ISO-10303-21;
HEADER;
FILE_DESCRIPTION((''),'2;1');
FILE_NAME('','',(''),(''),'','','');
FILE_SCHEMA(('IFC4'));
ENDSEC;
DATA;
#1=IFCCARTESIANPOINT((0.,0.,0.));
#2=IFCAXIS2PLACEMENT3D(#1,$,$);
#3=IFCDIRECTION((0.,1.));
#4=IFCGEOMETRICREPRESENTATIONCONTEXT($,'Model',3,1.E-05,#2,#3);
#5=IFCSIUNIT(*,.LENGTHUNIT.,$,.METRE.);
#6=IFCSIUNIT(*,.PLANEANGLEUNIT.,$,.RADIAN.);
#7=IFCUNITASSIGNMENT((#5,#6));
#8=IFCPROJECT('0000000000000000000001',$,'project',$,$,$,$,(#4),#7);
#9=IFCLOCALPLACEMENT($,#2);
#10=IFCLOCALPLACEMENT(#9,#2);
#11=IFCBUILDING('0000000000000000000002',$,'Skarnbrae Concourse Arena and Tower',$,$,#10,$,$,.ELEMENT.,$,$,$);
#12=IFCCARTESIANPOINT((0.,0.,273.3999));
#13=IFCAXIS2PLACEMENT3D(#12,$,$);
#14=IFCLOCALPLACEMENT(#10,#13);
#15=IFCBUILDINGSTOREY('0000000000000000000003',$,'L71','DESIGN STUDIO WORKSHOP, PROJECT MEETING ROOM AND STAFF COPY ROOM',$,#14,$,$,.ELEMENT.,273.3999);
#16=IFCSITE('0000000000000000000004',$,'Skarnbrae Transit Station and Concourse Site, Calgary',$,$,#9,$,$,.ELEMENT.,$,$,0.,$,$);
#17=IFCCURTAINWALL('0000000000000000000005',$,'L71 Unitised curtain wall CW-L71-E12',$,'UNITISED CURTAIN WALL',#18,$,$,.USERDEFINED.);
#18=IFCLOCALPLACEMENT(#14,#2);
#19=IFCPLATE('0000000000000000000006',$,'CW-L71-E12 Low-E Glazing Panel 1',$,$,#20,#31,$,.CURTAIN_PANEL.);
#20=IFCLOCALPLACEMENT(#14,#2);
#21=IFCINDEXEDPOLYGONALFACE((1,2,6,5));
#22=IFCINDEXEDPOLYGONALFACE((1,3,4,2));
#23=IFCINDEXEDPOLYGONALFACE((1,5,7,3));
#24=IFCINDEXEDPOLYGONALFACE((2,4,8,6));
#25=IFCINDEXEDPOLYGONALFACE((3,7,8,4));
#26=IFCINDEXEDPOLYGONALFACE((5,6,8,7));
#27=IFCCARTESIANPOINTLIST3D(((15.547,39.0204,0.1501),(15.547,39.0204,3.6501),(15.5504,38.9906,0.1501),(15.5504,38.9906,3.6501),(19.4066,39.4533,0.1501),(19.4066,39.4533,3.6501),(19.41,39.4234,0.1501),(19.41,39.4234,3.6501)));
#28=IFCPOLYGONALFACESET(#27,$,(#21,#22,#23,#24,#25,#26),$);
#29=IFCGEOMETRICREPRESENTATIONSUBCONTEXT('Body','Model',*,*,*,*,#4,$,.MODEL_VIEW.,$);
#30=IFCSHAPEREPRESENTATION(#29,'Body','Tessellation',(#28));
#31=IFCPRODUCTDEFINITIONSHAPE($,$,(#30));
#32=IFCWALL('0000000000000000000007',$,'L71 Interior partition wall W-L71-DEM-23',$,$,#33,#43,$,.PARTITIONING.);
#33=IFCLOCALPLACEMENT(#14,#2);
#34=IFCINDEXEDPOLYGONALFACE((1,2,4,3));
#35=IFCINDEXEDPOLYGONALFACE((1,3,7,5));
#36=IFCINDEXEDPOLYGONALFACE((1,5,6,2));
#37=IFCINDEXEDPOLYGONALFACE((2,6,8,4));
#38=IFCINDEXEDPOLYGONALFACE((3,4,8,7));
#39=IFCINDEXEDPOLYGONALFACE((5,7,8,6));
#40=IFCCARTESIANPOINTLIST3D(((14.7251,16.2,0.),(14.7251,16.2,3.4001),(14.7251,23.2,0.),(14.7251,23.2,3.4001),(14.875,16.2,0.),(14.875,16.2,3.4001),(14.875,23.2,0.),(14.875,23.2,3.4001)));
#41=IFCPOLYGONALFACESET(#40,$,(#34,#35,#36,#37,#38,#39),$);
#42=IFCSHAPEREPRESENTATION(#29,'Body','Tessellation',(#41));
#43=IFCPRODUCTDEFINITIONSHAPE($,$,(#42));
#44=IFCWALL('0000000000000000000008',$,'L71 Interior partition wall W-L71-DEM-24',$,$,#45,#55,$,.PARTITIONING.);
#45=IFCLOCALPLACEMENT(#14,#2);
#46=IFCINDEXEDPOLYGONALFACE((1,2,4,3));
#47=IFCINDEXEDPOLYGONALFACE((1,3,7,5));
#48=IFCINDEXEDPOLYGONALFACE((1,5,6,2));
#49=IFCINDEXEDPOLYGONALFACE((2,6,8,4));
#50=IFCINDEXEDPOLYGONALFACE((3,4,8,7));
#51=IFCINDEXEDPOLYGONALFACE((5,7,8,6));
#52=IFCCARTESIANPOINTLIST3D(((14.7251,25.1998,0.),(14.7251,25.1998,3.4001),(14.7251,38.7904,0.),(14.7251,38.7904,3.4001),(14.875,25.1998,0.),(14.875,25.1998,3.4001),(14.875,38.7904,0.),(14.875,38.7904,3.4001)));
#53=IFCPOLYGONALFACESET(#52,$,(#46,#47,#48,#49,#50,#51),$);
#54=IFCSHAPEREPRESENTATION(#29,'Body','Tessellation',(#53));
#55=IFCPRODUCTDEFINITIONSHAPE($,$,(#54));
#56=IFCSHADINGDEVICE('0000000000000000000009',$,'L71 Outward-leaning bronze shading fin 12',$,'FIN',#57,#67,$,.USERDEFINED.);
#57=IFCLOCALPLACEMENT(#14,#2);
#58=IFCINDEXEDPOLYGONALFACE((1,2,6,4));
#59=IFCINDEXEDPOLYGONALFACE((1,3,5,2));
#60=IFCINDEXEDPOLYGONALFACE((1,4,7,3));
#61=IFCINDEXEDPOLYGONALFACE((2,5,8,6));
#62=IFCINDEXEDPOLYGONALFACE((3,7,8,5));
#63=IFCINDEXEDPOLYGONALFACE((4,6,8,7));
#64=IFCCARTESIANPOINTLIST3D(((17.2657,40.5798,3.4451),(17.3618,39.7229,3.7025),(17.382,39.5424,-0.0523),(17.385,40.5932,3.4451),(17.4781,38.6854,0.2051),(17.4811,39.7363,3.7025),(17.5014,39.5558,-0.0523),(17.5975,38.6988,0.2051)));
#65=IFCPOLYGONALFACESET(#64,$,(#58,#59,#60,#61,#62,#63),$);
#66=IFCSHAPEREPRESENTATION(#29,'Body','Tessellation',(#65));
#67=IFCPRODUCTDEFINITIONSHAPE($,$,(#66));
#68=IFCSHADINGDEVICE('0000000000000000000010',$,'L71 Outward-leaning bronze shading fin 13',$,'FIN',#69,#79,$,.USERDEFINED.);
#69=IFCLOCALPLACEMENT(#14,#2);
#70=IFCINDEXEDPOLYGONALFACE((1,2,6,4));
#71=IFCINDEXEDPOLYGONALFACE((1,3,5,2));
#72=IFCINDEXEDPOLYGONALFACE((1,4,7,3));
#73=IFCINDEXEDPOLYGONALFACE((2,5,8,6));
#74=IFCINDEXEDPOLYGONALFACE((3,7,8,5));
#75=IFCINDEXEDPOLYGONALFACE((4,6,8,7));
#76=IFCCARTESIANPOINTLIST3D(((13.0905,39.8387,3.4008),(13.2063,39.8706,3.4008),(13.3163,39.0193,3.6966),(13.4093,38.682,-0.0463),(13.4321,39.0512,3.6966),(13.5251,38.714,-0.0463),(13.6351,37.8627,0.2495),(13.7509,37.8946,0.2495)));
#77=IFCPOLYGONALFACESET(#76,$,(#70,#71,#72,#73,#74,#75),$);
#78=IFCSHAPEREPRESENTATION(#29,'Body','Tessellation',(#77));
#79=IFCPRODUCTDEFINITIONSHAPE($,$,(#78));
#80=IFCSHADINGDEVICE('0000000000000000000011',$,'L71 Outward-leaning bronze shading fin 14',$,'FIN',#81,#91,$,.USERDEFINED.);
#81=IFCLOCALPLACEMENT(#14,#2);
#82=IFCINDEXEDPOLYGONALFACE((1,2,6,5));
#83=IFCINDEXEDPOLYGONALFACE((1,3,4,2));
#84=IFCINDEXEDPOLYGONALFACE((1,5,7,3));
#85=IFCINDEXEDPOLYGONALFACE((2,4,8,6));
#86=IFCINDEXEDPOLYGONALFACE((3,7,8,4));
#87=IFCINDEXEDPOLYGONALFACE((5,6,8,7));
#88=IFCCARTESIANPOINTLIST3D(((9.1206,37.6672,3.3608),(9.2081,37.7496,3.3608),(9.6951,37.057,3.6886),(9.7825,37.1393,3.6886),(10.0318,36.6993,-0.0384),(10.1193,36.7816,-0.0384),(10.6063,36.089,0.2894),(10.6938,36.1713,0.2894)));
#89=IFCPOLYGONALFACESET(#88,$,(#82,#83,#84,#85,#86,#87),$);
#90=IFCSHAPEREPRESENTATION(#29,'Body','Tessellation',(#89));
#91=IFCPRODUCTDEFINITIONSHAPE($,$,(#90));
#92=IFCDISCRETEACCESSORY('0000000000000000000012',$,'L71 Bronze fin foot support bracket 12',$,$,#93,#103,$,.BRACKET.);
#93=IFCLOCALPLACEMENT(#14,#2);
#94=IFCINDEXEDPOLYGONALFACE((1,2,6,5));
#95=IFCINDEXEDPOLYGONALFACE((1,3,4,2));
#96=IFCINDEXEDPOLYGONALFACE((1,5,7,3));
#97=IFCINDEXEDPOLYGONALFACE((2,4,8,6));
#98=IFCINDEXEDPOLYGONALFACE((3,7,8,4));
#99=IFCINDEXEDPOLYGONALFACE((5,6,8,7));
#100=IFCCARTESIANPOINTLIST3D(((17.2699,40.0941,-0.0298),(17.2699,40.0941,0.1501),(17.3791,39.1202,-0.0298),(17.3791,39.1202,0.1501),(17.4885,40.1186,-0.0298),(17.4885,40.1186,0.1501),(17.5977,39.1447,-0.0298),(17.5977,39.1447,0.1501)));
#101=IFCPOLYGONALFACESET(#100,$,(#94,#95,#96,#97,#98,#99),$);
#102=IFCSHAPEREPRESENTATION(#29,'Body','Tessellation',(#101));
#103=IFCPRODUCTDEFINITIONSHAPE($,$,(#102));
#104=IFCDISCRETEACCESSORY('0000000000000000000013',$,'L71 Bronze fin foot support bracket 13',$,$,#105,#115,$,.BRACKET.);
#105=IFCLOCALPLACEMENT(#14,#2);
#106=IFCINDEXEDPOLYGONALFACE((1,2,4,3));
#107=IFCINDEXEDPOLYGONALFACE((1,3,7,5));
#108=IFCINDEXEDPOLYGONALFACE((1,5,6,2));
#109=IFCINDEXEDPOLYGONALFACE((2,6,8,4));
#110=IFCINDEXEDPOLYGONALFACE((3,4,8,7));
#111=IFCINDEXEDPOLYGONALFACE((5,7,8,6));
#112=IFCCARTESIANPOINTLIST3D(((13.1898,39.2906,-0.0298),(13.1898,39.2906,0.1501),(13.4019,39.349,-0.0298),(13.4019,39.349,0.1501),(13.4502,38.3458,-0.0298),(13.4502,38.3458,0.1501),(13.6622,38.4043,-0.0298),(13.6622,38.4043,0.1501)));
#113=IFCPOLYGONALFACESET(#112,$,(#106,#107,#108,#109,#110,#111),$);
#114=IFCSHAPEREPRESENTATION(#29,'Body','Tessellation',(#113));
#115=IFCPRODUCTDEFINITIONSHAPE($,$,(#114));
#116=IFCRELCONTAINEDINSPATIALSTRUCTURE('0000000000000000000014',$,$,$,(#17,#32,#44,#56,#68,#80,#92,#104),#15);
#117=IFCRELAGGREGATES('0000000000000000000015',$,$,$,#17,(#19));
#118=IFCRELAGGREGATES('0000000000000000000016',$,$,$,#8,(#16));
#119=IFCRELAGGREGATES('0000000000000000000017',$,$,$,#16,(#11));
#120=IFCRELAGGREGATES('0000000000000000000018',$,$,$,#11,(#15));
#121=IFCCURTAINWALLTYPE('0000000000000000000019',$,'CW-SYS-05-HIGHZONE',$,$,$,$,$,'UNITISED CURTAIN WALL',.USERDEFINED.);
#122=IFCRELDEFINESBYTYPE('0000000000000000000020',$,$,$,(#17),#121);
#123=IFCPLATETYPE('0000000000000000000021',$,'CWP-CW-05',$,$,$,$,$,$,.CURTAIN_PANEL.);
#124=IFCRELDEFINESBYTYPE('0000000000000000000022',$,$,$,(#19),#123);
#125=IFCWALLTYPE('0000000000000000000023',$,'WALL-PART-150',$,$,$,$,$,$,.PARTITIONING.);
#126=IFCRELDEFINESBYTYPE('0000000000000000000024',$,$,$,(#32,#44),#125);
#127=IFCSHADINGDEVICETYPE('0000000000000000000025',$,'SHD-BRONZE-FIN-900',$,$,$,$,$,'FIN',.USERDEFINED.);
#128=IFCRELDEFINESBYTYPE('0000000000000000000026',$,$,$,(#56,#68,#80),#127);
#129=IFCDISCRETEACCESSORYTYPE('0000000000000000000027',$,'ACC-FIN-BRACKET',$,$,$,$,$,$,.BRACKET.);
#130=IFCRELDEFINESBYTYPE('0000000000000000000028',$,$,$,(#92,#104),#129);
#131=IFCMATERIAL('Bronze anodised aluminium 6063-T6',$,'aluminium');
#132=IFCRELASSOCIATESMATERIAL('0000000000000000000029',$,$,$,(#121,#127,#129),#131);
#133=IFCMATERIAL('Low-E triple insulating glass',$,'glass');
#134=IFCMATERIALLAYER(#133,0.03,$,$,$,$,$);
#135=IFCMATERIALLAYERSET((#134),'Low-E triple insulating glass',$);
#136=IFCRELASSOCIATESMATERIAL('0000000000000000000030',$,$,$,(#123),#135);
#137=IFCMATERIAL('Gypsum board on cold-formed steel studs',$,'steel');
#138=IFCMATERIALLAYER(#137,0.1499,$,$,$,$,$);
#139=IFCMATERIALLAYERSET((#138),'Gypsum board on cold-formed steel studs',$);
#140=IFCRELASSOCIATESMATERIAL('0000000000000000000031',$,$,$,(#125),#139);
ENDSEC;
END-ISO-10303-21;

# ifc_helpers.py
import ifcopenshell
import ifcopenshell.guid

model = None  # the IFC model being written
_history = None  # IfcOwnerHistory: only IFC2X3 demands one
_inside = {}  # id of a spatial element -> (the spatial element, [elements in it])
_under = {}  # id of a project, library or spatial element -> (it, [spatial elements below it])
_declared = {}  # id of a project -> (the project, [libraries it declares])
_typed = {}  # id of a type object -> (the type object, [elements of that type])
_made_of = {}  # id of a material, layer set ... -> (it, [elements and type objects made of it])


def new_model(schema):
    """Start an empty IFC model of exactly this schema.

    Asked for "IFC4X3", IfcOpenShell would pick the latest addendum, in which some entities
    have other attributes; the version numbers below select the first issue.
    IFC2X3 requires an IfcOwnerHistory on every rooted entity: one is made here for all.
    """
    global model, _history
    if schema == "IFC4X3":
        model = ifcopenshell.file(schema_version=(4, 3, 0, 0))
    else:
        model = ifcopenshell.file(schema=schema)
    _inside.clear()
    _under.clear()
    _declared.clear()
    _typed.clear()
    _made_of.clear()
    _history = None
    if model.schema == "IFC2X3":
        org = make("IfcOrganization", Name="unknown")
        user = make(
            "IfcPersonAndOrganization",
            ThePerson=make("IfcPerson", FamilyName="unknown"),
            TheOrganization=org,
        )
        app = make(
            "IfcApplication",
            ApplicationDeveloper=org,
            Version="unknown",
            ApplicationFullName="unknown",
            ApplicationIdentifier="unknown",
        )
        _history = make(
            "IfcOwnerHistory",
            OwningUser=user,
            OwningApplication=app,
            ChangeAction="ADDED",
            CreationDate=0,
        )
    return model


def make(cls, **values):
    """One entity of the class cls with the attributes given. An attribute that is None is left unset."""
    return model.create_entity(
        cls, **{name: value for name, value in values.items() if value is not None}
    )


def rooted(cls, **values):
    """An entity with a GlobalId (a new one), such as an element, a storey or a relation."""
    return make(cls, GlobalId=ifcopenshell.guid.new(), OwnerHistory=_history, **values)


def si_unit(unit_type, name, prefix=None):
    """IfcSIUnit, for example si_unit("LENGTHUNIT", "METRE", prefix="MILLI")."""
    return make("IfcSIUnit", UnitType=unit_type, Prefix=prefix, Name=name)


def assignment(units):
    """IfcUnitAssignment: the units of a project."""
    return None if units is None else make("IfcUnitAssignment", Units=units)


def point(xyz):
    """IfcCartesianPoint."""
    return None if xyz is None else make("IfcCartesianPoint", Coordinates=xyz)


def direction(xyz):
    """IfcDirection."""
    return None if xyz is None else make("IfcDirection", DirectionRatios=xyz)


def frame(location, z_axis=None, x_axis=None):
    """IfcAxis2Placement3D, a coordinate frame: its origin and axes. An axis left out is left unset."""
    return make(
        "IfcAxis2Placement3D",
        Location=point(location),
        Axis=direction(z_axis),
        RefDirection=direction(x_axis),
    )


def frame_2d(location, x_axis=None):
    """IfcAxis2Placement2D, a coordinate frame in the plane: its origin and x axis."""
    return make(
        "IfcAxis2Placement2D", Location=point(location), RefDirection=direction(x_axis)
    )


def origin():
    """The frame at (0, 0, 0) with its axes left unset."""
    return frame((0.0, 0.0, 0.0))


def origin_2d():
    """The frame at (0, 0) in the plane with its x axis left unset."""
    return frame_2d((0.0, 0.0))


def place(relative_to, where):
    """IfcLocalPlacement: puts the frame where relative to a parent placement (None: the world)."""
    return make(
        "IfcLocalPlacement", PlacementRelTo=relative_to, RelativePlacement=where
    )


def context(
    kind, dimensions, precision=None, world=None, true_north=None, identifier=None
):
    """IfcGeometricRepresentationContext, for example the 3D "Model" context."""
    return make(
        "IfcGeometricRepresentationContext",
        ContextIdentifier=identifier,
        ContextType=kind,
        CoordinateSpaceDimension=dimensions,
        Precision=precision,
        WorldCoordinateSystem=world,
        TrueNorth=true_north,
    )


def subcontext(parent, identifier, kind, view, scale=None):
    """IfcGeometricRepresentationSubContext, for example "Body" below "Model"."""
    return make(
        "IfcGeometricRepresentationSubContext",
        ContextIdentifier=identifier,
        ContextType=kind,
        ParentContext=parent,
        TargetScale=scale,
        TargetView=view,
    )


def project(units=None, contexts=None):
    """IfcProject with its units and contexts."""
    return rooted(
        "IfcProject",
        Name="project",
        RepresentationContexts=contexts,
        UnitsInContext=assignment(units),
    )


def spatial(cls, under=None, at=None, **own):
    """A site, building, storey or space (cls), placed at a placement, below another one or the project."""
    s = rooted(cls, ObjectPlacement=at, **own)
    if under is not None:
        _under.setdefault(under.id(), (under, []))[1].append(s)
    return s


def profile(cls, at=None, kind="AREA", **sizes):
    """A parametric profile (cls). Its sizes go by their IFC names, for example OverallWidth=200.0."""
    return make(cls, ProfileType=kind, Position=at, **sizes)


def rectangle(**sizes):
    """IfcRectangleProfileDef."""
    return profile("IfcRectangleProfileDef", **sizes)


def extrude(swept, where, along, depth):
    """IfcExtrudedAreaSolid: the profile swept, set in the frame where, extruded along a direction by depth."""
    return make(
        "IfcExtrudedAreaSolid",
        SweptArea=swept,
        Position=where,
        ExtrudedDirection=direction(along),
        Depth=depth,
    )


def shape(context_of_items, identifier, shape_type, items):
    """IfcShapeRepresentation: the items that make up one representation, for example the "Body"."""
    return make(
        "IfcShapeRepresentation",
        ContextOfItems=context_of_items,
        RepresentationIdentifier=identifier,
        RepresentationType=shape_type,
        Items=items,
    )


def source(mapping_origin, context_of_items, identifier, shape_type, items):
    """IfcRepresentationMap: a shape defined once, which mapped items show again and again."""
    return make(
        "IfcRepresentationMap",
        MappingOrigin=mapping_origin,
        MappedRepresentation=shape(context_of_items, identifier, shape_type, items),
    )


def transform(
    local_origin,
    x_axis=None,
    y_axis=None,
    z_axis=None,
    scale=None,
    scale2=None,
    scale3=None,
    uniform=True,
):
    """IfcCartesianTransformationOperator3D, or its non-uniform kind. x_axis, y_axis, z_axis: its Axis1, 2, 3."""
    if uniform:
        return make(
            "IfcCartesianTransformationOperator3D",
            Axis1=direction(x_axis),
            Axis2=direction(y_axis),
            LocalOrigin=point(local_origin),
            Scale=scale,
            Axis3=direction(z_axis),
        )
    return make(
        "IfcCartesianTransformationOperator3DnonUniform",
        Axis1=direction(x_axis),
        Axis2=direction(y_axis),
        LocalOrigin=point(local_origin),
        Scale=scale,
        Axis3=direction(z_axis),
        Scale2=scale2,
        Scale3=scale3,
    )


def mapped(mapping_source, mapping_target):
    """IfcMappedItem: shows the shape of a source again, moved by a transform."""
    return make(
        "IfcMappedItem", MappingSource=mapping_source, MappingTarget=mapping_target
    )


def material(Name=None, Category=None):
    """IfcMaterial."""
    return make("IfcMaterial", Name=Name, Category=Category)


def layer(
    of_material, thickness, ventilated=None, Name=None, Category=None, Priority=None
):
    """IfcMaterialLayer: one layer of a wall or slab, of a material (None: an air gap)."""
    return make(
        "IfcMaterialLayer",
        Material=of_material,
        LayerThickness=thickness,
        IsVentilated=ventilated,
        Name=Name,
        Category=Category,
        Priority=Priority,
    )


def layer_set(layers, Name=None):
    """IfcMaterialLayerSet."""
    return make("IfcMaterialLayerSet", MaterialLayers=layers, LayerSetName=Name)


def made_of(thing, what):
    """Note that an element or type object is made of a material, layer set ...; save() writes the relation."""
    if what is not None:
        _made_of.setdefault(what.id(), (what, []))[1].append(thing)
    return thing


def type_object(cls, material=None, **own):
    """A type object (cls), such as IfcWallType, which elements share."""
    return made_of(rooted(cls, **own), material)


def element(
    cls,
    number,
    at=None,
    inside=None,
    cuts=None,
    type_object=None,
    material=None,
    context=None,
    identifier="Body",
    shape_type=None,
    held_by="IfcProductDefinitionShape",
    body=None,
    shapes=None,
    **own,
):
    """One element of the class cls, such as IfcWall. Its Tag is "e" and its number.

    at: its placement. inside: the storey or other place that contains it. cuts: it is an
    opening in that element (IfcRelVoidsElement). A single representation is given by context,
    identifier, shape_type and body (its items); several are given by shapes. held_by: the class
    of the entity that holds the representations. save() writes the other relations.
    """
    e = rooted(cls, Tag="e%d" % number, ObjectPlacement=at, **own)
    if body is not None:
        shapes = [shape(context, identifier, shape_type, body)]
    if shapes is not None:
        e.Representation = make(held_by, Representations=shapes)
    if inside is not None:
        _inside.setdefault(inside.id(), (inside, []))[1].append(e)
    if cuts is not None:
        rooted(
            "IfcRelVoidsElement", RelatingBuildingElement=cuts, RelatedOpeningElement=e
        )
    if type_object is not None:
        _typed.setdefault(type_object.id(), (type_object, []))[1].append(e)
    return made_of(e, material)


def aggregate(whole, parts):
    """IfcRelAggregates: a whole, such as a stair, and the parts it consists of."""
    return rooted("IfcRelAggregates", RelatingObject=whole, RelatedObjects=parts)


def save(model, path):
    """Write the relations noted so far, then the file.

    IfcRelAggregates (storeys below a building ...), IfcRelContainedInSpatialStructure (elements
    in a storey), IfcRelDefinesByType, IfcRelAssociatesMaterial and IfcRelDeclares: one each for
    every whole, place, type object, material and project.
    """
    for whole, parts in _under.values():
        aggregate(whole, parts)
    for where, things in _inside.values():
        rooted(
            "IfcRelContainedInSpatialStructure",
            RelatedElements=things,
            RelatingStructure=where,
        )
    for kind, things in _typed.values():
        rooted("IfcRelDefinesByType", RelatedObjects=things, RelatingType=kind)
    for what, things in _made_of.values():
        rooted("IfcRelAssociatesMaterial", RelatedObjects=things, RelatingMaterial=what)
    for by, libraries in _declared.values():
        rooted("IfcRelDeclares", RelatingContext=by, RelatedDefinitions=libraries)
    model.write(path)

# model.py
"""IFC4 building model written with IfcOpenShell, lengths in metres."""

from ifc_helpers import new_model, si_unit, direction, frame, frame_2d, origin, origin_2d, place, context, subcontext, project, spatial, rectangle, extrude, source, transform, mapped, material, layer, layer_set, type_object, element, aggregate, save


model = new_model("IFC4")

# Units and contexts
model_context = context("Model", 3, precision=1e-05, world=origin(), true_north=direction((0.0, 1.0)))
body_context = subcontext(model_context, "Body", "Model", "MODEL_VIEW")
ifc_project = project(units=[si_unit("LENGTHUNIT", "METRE"), si_unit("PLANEANGLEUNIT", "RADIAN")], contexts=[model_context])

# Site, building, storey
site_placement = place(None, origin())
site = spatial("IfcSite", under=ifc_project, at=site_placement, Name="Skarnbrae Transit Station and Concourse Site, Calgary", CompositionType="ELEMENT", RefElevation=0.0)
building_placement = place(site_placement, origin())
building = spatial("IfcBuilding", under=site, at=building_placement, Name="Skarnbrae Concourse Arena and Tower", CompositionType="ELEMENT")
storey_placement = place(building_placement, frame((0.0, 0.0, 273.3999)))
storey = spatial("IfcBuildingStorey", under=building, at=storey_placement, Name="L71", Description="DESIGN STUDIO WORKSHOP, PROJECT MEETING ROOM AND STAFF COPY ROOM", CompositionType="ELEMENT", Elevation=273.3999)

# Curtain wall
ifc_material_1 = material(Name="Bronze anodised aluminium 6063-T6", Category="aluminium")
curtain_wall_type = type_object("IfcCurtainWallType", Name="CW-SYS-05-HIGHZONE", ElementType="UNITISED CURTAIN WALL", PredefinedType="USERDEFINED", material=ifc_material_1)
curtain_wall_1_placement = place(storey_placement, origin())
curtain_wall_1 = element("IfcCurtainWall", 1, at=curtain_wall_1_placement, inside=storey, type_object=curtain_wall_type, Name="L71 Unitised curtain wall CW-L71-E12", ObjectType="UNITISED CURTAIN WALL", PredefinedType="USERDEFINED")

# Plate
ifc_material_2 = material(Name="Low-E triple insulating glass", Category="glass")
ifc_layer_1 = layer(ifc_material_2, 0.03)
ifc_layer_set_1 = layer_set([ifc_layer_1], Name="Low-E triple insulating glass")
plate_type = type_object("IfcPlateType", Name="CWP-CW-05", PredefinedType="CURTAIN_PANEL", material=ifc_layer_set_1)
shared_shape_1 = source(origin(), body_context, "Body", "SweptSolid", [
    extrude(rectangle(XDim=3.8838, YDim=0.03, at=origin_2d()), origin(), (0.0, 0.0, 1.0), 3.5),
])
plate_1_placement = place(storey_placement, frame((17.4785, 39.2219, 0.1501), z_axis=(0.0, 0.0, 1.0), x_axis=(-0.993769, -0.11146, 0.0)))
plate_1 = element("IfcPlate", 2, at=plate_1_placement, type_object=plate_type, Name="CW-L71-E12 Low-E Glazing Panel 1", PredefinedType="CURTAIN_PANEL", context=body_context, shape_type="MappedRepresentation", body=[
    mapped(shared_shape_1, transform((0.0, 0.0, 0.0))),
])
aggregate(curtain_wall_1, [plate_1])

# Walls
ifc_material_3 = material(Name="Gypsum board on cold-formed steel studs", Category="steel")
ifc_layer_2 = layer(ifc_material_3, 0.1499)
ifc_layer_set_2 = layer_set([ifc_layer_2], Name="Gypsum board on cold-formed steel studs")
wall_type = type_object("IfcWallType", Name="WALL-PART-150", PredefinedType="PARTITIONING", material=ifc_layer_set_2)
shared_shape_2 = source(origin(), body_context, "Body", "SweptSolid", [
    extrude(rectangle(XDim=7.0, YDim=0.1499, at=frame_2d((3.5, 0.0))), origin(), (0.0, 0.0, 1.0), 3.4001),
])
wall_1_placement = place(storey_placement, frame((14.8, 23.2, 0.0), z_axis=(0.0, 0.0, 1.0), x_axis=(0.0, -1.0, 0.0)))
element("IfcWall", 3, at=wall_1_placement, inside=storey, type_object=wall_type, Name="L71 Interior partition wall W-L71-DEM-23", PredefinedType="PARTITIONING", context=body_context, shape_type="MappedRepresentation", body=[
    mapped(shared_shape_2, transform((0.0, 0.0, 0.0))),
])
shared_shape_3 = source(origin(), body_context, "Body", "SweptSolid", [
    extrude(rectangle(XDim=13.5906, YDim=0.1499, at=frame_2d((6.7954, 0.0))), origin(), (0.0, 0.0, 1.0), 3.4001),
])
wall_2_placement = place(storey_placement, frame((14.8, 38.7905, 0.0), z_axis=(0.0, 0.0, 1.0), x_axis=(0.0, -1.0, 0.0)))
element("IfcWall", 4, at=wall_2_placement, inside=storey, type_object=wall_type, Name="L71 Interior partition wall W-L71-DEM-24", PredefinedType="PARTITIONING", context=body_context, shape_type="MappedRepresentation", body=[
    mapped(shared_shape_3, transform((0.0, 0.0, 0.0))),
])

# Shading devices
shading_device_type = type_object("IfcShadingDeviceType", Name="SHD-BRONZE-FIN-900", ElementType="FIN", PredefinedType="USERDEFINED", material=ifc_material_1)
shared_shape_4 = source(origin(), body_context, "Body", "SweptSolid", [
    extrude(rectangle(XDim=0.1201, YDim=0.8999, at=origin_2d()), origin(), (0.0, 0.0, 1.0), 3.6499),
])
for number, where, z_axis, x_axis, name in (
    (5, (17.4897, 39.1206, 0.0764), (-0.031878, 0.284241, 0.958223), (0.99377, 0.111452, 0.0), "L71 Outward-leaning bronze shading fin 12"),
    (6, (13.5801, 38.2883, 0.1016), (-0.087333, 0.316888, 0.944434), (0.964058, 0.265691, 0.0), "L71 Outward-leaning bronze shading fin 13"),
    (7, (10.3628, 36.4353, 0.1255), (-0.249655, 0.265205, 0.93131), (0.728132, 0.685437, 0.0), "L71 Outward-leaning bronze shading fin 14"),
):
    element("IfcShadingDevice", number, at=place(storey_placement, frame(where, z_axis=z_axis, x_axis=x_axis)), inside=storey, type_object=shading_device_type, Name=name, ObjectType="FIN", PredefinedType="USERDEFINED", context=body_context, shape_type="MappedRepresentation", body=[
        mapped(shared_shape_4, transform((0.0, 0.0, 0.0))),
    ])

# Discrete accessories
discrete_accessory_type = type_object("IfcDiscreteAccessoryType", Name="ACC-FIN-BRACKET", PredefinedType="BRACKET", material=ifc_material_1)
shared_shape_5 = source(origin(), body_context, "Body", "SweptSolid", [
    extrude(rectangle(XDim=0.22, YDim=0.98, at=origin_2d()), origin(), (0.0, 0.0, 1.0), 0.1799),
])
for number, where, z_axis, x_axis, name in (
    (8, (17.4338, 39.6194, -0.0298), (0.0, 0.0, 1.0), (0.99377, 0.111452, 0.0), "L71 Bronze fin foot support bracket 12"),
    (9, (13.426, 38.8474, -0.0298), (0.0, 0.0, 1.0), (0.964058, 0.265691, 0.0), "L71 Bronze fin foot support bracket 13"),
):
    element("IfcDiscreteAccessory", number, at=place(storey_placement, frame(where, z_axis=z_axis, x_axis=x_axis)), inside=storey, type_object=discrete_accessory_type, Name=name, PredefinedType="BRACKET", context=body_context, shape_type="MappedRepresentation", body=[
        mapped(shared_shape_5, transform((0.0, 0.0, 0.0))),
    ])

save(model, "model.ifc")
